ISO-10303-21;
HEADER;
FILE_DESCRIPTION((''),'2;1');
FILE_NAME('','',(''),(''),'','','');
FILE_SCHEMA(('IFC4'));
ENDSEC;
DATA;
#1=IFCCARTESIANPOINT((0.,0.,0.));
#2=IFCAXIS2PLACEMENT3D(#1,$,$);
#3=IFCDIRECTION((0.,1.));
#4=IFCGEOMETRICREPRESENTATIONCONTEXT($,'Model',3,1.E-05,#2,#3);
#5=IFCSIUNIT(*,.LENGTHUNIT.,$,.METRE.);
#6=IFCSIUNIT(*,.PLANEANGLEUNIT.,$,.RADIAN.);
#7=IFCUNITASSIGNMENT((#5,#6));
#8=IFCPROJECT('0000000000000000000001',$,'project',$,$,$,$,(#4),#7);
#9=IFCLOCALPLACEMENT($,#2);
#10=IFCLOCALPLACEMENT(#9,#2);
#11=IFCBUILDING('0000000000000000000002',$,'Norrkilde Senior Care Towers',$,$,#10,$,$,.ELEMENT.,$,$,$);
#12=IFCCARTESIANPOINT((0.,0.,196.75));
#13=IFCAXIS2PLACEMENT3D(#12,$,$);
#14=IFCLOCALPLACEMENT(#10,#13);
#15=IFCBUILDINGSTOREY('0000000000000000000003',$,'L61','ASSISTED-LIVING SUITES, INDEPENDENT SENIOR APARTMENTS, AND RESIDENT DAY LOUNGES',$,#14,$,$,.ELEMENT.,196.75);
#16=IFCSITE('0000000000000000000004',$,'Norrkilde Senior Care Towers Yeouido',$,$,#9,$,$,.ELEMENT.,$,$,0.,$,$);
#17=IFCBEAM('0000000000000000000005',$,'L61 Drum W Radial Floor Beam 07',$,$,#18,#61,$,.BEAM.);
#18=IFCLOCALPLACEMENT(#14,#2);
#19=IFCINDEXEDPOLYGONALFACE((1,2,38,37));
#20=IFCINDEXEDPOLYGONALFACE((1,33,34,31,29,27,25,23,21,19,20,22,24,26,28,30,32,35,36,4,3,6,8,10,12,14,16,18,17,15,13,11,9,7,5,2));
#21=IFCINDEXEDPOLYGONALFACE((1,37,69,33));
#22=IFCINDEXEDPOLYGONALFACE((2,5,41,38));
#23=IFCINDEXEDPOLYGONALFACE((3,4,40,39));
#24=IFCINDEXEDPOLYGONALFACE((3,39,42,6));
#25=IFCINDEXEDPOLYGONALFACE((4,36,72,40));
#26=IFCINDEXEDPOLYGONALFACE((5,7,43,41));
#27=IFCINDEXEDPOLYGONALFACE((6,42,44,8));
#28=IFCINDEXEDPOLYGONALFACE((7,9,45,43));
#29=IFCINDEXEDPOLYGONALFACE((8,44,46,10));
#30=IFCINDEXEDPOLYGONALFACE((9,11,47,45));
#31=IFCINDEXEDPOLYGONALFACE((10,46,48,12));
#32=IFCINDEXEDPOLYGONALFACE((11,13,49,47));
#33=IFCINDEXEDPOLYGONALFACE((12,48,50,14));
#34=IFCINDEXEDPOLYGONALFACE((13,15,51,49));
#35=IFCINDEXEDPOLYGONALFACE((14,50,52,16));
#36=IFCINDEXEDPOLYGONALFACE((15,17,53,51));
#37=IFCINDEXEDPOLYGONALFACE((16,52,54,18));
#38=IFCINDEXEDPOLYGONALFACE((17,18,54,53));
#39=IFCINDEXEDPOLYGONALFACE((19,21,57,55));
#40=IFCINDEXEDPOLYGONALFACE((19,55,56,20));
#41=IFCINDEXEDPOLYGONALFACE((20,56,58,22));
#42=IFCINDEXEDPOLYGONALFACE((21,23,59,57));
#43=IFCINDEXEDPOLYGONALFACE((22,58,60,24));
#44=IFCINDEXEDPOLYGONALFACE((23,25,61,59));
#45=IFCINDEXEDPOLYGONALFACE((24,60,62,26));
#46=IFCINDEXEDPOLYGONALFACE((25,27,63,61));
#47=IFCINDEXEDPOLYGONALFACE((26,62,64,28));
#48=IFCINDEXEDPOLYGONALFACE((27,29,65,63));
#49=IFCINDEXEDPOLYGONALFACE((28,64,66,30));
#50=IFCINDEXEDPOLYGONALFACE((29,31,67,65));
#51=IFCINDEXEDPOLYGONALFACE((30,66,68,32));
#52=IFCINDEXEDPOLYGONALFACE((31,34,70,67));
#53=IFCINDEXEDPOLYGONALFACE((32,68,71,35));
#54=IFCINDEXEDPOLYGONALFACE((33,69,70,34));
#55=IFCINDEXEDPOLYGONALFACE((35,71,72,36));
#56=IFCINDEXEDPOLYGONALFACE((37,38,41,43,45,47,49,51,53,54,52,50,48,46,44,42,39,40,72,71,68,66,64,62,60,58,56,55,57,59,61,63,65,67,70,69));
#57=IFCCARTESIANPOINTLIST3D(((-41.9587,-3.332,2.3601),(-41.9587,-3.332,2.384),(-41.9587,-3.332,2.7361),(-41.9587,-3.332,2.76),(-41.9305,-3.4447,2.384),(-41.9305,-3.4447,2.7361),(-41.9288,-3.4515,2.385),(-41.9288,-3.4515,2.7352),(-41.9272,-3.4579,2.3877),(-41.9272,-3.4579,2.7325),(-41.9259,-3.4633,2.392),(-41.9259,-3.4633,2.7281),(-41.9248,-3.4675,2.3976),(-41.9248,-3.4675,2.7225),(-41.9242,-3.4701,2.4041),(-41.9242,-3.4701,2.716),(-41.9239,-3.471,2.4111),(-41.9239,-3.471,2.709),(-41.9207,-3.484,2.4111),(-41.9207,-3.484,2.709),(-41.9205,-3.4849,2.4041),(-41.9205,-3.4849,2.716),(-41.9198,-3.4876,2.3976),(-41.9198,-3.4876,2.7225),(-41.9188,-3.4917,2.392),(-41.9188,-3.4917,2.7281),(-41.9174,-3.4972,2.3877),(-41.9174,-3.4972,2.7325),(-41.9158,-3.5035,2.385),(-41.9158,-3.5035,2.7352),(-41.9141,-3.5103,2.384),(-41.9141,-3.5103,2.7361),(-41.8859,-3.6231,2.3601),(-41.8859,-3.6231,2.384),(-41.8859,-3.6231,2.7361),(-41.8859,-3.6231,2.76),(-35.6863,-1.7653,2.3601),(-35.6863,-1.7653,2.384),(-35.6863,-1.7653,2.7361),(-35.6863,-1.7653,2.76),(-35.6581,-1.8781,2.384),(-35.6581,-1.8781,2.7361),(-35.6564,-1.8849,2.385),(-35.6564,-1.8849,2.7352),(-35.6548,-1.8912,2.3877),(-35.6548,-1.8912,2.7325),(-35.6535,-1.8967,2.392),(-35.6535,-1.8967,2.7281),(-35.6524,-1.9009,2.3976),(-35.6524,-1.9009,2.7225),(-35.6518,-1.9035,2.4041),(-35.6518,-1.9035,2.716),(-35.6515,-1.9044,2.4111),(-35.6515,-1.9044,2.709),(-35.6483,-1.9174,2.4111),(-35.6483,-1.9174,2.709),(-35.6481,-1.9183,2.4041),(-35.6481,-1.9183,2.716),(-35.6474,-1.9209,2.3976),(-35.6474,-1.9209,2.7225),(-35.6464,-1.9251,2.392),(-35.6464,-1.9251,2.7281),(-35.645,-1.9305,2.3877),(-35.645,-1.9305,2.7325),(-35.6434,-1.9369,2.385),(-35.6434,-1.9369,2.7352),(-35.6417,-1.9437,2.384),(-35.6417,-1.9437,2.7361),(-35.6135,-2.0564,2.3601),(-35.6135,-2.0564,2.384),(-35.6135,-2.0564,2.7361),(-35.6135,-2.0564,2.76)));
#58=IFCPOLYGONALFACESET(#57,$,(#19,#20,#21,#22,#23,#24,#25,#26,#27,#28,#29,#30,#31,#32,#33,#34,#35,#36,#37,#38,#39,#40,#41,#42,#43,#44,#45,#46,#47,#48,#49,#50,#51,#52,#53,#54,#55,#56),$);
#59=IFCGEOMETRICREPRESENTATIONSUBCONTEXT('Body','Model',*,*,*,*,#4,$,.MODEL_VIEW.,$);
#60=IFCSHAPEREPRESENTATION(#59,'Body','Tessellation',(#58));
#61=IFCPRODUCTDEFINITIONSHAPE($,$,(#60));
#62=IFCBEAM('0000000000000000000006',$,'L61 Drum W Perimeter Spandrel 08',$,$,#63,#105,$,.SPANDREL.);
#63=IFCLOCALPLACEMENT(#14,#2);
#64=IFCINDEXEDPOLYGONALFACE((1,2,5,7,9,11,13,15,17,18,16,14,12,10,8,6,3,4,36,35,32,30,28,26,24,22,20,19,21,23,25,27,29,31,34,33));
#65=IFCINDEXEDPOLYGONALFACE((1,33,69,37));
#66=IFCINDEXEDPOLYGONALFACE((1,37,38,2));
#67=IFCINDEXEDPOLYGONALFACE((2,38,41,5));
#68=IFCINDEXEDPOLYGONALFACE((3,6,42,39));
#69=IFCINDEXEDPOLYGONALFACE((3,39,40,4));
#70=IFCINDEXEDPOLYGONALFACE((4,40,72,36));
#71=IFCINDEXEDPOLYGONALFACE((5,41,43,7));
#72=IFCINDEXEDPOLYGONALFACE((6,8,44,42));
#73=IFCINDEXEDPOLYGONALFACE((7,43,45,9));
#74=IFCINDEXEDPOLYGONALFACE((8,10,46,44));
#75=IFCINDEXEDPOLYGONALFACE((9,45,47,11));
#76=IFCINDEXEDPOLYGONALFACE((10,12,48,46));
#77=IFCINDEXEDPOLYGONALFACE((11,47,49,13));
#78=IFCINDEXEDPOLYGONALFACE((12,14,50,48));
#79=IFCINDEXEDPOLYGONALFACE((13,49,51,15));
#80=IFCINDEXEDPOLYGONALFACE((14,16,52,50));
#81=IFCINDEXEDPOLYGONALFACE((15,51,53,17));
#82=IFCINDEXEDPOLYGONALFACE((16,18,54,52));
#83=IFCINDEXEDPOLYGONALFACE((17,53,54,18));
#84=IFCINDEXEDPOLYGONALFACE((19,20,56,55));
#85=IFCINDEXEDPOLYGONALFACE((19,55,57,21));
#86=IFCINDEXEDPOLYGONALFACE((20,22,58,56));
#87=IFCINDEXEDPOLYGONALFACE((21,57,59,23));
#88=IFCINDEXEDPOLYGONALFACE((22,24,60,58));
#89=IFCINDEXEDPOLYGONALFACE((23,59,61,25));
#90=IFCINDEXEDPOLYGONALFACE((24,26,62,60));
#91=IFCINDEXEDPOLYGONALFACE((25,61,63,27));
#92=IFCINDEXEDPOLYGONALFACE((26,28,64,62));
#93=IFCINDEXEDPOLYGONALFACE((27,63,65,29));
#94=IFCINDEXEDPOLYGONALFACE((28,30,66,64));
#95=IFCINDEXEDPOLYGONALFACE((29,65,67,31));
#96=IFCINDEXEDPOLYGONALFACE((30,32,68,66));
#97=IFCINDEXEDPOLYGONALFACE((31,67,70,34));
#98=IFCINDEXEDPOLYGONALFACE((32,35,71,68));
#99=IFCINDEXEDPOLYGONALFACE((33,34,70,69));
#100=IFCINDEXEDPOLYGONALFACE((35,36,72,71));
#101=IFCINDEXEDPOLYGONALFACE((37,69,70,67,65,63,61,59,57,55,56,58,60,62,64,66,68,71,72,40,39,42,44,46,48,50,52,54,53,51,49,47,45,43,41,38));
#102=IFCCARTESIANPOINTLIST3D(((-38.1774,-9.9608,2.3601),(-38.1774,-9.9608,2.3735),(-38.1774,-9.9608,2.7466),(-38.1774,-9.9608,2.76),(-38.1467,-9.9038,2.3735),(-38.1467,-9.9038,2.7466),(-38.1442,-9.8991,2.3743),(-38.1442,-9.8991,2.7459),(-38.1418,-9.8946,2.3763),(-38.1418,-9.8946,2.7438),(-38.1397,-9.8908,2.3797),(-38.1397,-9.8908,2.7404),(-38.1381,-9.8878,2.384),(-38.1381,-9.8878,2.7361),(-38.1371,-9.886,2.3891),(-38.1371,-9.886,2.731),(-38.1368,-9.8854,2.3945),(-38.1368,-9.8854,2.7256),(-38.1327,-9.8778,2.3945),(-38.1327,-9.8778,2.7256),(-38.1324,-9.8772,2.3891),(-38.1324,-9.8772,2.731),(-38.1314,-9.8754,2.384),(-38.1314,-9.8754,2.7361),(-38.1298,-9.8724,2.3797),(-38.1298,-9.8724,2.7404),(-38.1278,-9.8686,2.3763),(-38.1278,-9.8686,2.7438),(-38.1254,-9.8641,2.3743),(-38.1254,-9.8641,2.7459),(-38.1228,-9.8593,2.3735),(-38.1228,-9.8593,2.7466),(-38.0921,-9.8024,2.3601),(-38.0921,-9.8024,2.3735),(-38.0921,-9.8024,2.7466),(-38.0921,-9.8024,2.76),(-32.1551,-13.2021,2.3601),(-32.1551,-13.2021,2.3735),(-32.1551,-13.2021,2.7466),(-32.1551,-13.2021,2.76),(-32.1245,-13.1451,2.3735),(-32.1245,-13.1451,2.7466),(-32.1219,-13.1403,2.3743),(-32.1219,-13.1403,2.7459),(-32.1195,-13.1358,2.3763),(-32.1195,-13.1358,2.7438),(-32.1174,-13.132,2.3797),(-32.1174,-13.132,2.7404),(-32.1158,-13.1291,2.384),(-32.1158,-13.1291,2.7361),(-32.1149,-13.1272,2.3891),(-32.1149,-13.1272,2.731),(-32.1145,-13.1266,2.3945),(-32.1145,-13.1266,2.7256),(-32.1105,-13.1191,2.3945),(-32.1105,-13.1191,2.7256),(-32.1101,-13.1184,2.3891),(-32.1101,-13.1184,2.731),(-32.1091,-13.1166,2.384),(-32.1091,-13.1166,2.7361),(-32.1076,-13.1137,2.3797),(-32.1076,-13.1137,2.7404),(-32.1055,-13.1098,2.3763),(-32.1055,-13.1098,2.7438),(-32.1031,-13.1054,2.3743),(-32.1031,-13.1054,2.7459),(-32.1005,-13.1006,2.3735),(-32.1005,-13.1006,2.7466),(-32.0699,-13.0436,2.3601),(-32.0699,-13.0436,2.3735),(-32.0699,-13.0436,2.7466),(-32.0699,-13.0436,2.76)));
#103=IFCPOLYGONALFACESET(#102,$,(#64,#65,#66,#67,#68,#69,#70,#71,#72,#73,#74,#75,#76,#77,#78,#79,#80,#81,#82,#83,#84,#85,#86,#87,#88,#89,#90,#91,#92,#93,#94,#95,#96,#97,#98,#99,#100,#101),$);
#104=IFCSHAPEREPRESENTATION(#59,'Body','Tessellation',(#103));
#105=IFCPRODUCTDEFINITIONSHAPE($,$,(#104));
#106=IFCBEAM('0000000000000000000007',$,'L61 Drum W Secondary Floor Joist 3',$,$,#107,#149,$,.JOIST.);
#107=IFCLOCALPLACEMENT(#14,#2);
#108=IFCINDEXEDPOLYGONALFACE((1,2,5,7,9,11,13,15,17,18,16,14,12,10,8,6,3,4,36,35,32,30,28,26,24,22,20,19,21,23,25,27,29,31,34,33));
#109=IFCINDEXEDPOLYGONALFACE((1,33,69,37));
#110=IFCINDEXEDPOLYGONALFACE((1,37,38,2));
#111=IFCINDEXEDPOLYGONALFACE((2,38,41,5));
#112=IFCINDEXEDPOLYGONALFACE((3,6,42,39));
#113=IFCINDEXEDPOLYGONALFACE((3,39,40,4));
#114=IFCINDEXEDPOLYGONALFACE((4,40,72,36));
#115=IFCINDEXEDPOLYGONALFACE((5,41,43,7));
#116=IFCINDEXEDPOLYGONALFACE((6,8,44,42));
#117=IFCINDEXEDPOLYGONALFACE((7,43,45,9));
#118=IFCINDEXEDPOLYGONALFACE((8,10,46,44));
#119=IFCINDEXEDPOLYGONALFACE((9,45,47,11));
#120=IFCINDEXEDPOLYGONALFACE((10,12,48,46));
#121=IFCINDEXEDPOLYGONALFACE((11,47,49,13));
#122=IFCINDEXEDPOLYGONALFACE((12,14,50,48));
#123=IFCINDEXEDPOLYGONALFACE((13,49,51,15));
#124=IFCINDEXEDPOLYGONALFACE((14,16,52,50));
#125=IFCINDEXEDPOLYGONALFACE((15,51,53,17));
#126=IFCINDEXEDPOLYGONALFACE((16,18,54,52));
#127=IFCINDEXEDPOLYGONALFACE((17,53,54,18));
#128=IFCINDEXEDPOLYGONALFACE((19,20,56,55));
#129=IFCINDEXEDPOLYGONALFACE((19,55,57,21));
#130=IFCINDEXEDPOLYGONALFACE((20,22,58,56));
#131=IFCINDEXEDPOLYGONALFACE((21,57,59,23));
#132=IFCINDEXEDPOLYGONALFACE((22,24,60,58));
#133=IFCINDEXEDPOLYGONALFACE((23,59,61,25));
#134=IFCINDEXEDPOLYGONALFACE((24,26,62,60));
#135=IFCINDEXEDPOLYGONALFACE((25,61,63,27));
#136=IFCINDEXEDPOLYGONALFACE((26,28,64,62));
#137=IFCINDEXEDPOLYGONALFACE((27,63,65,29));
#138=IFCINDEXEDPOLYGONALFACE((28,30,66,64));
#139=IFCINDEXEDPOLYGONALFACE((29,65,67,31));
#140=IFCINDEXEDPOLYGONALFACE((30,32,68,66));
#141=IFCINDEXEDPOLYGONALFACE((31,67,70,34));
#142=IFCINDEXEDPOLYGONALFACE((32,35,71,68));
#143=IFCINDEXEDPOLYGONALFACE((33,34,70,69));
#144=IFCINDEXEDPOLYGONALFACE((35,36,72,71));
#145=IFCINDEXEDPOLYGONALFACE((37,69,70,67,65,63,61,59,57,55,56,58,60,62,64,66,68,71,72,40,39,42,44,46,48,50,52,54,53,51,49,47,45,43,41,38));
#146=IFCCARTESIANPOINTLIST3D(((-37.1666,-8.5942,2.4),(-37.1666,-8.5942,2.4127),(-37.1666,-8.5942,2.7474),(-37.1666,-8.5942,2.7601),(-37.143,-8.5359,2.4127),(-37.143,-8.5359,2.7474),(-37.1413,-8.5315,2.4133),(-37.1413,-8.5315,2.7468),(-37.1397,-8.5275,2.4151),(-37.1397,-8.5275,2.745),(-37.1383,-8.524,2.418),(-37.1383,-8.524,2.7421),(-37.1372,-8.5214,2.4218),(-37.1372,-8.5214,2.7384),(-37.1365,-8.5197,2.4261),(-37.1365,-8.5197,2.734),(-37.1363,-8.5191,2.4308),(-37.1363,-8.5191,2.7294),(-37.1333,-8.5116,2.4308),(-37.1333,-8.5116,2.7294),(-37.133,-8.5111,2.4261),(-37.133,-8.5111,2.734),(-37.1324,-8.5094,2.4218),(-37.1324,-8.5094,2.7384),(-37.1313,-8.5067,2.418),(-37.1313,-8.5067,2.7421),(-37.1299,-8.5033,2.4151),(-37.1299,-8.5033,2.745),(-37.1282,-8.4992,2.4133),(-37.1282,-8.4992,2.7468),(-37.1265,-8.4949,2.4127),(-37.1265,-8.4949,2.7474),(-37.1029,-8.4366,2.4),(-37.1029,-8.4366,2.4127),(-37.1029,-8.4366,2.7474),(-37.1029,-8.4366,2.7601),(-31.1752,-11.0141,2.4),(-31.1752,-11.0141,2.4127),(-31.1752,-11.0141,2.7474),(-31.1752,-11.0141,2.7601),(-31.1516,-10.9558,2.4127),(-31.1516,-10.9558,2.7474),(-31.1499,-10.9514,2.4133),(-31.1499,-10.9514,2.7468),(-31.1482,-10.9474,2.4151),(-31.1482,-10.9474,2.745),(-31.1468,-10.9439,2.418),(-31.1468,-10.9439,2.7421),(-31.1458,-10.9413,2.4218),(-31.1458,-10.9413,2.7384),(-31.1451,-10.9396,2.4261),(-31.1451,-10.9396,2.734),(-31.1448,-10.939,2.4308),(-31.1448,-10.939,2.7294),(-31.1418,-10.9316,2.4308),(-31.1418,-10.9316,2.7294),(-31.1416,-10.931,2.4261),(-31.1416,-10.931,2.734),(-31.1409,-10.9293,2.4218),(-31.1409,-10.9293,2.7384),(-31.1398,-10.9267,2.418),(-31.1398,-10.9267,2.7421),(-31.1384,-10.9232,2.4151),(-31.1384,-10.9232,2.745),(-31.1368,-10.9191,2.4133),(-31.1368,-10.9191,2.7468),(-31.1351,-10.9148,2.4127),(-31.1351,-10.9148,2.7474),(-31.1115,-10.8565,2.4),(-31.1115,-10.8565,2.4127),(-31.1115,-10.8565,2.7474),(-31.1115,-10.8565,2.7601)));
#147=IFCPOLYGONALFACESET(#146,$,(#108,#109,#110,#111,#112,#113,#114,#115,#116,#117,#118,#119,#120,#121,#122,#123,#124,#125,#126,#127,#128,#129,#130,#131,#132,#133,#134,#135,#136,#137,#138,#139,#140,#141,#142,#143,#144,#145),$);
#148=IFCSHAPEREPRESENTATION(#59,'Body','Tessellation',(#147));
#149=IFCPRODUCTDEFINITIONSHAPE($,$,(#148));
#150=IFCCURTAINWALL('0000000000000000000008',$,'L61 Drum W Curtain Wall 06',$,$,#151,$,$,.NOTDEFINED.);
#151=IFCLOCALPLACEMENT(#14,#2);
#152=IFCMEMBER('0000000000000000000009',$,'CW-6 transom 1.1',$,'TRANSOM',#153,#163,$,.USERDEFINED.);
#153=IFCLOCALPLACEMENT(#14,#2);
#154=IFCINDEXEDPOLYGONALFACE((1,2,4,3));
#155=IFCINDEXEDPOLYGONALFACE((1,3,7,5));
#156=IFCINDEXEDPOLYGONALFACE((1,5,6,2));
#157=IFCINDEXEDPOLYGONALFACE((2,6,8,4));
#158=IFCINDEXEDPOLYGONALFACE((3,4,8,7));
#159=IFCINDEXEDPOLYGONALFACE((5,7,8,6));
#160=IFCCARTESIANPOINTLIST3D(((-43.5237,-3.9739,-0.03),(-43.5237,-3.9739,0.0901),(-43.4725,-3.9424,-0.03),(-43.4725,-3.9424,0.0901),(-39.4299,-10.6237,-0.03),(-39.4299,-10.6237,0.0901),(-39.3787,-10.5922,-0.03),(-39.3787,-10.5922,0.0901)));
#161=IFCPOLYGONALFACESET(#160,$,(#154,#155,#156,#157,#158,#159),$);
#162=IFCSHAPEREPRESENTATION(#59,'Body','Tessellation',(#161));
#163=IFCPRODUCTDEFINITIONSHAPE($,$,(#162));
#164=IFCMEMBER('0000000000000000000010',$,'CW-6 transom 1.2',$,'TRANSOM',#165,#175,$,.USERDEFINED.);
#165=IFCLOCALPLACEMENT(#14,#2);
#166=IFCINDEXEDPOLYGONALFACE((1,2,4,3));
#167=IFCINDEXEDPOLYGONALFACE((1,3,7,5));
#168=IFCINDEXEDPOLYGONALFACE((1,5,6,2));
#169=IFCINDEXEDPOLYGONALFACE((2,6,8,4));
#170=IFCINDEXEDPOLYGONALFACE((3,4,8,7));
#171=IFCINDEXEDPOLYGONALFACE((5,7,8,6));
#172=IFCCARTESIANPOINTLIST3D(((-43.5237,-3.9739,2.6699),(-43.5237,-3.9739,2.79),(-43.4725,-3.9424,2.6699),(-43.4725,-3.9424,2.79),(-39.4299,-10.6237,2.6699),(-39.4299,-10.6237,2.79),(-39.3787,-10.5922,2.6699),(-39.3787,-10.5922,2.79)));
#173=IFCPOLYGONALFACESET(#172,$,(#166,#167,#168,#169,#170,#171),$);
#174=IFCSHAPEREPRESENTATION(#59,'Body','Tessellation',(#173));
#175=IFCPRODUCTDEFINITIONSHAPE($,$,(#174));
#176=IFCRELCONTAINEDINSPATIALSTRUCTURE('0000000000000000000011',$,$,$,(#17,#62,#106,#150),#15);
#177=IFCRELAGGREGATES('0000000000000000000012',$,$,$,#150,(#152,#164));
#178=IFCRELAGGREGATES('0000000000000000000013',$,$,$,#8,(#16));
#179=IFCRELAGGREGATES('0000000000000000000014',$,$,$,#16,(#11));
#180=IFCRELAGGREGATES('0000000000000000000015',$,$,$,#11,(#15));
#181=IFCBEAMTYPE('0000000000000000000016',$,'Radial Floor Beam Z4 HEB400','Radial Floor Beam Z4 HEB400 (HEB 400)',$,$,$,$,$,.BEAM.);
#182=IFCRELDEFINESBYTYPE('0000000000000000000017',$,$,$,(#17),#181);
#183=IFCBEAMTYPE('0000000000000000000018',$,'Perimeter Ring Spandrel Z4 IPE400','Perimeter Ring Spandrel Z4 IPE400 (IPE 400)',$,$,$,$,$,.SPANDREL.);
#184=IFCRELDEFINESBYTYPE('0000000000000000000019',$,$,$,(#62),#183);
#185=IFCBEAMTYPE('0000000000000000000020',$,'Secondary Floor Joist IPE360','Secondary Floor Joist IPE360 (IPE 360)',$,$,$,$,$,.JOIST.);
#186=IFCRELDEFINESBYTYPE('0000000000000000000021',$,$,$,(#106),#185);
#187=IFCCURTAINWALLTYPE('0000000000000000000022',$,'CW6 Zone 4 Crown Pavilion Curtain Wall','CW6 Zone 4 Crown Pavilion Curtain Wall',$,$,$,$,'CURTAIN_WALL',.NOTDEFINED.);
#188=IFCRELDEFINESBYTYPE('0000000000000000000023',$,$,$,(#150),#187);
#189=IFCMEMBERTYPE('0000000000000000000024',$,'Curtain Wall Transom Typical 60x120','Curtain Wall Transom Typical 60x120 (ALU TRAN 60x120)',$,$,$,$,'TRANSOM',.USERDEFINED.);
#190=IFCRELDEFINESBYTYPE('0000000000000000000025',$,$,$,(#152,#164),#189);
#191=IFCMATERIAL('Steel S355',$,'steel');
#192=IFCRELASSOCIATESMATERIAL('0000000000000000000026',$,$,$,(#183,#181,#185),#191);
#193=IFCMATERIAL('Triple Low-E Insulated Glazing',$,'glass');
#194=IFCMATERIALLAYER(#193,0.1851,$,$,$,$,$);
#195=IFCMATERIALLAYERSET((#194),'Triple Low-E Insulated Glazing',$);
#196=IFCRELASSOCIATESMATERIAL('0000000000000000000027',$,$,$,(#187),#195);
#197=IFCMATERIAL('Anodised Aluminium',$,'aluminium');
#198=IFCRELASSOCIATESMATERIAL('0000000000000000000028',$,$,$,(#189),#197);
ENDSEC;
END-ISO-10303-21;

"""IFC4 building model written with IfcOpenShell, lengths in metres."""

from ifc_helpers import new_model, si_unit, direction, frame, origin, origin_2d, place, context, subcontext, project, spatial, rectangle, i_section, extrude, source, transform, mapped, material, layer, layer_set, material_profile, profile_set, type_object, type_shapes, element, aggregate, save


model = new_model("IFC4")

# Units and contexts
model_context = context("Model", 3, precision=1e-05, world=origin(), true_north=direction((0.0, 1.0)))
body_context = subcontext(model_context, "Body", "Model", "MODEL_VIEW")
ifc_project = project(units=[si_unit("LENGTHUNIT", "METRE"), si_unit("PLANEANGLEUNIT", "RADIAN")], contexts=[model_context])

# Site, building, storey
site_placement = place(None, origin())
site = spatial("IfcSite", under=ifc_project, at=site_placement, Name="Norrkilde Senior Care Towers Yeouido", CompositionType="ELEMENT", RefElevation=0.0)
building_placement = place(site_placement, origin())
building = spatial("IfcBuilding", under=site, at=building_placement, Name="Norrkilde Senior Care Towers", CompositionType="ELEMENT")
storey_placement = place(building_placement, frame((0.0, 0.0, 196.75)))
storey = spatial("IfcBuildingStorey", under=building, at=storey_placement, Name="L61", Description="ASSISTED-LIVING SUITES, INDEPENDENT SENIOR APARTMENTS, AND RESIDENT DAY LOUNGES", CompositionType="ELEMENT", Elevation=196.75)

# Beams
ifc_material_1 = material(Name="Steel S355", Category="steel")
ifc_material_profile_1 = material_profile(ifc_material_1, i_section(OverallWidth=0.1799, OverallDepth=0.3999, WebThickness=0.0085, FlangeThickness=0.0134, FilletRadius=0.021, at=origin_2d()), Name="IPE 400")
ifc_profile_set_1 = profile_set([ifc_material_profile_1], Name="Steel S355")
beam_type_1 = type_object("IfcBeamType", Name="Perimeter Ring Spandrel Z4 IPE400", Description="Perimeter Ring Spandrel Z4 IPE400 (IPE 400)", PredefinedType="SPANDREL", material=ifc_profile_set_1)
ifc_material_profile_2 = material_profile(ifc_material_1, i_section(OverallWidth=0.3, OverallDepth=0.3999, WebThickness=0.0134, FlangeThickness=0.0239, FilletRadius=0.0271, at=origin_2d()), Name="HEB 400")
ifc_profile_set_2 = profile_set([ifc_material_profile_2], Name="Steel S355")
beam_type_2 = type_object("IfcBeamType", Name="Radial Floor Beam Z4 HEB400", Description="Radial Floor Beam Z4 HEB400 (HEB 400)", PredefinedType="BEAM", material=ifc_profile_set_2)
shared_shape_1 = source(origin(), body_context, "Body", "SweptSolid", [
    extrude(i_section(OverallWidth=0.3, OverallDepth=0.3999, WebThickness=0.0134, FlangeThickness=0.0239, FilletRadius=0.0271, at=origin_2d()), origin(), (0.0, 0.0, 1.0), 6.4651),
])
type_shapes(beam_type_2, [shared_shape_1])
beam_1_placement = place(storey_placement, frame((-35.6499, -1.9109, 2.5601), z_axis=(-0.970196, -0.242322, 0.0), x_axis=(0.242322, -0.970196, 0.0)))
element("IfcBeam", 1, at=beam_1_placement, inside=storey, type_object=beam_type_2, Name="L61 Drum W Radial Floor Beam 07", PredefinedType="BEAM", context=body_context, shape_type="MappedRepresentation", body=[
    mapped(shared_shape_1, transform((0.0, 0.0, 0.0), x_axis=(1.0, 0.0, 0.0), y_axis=(0.0, 1.0, 0.0), z_axis=(0.0, 0.0, 1.0), scale=1.0)),
])
shared_shape_2 = source(origin(), body_context, "Body", "SweptSolid", [
    extrude(i_section(OverallWidth=0.1799, OverallDepth=0.3999, WebThickness=0.0085, FlangeThickness=0.0134, FilletRadius=0.021, at=origin_2d()), origin(), (0.0, 0.0, 1.0), 6.8391),
])
beam_2_placement = place(storey_placement, frame((-38.1348, -9.8816, 2.5601), z_axis=(0.880564, -0.473927, 0.0), x_axis=(0.473927, 0.880564, 0.0)))
element("IfcBeam", 2, at=beam_2_placement, inside=storey, type_object=beam_type_1, Name="L61 Drum W Perimeter Spandrel 08", PredefinedType="SPANDREL", context=body_context, shape_type="MappedRepresentation", body=[
    mapped(shared_shape_2, transform((0.0, 0.0, 0.0), x_axis=(1.0, 0.0, 0.0), y_axis=(0.0, 1.0, 0.0), z_axis=(0.0, 0.0, 1.0), scale=1.0)),
])
ifc_material_profile_3 = material_profile(ifc_material_1, i_section(OverallWidth=0.1699, OverallDepth=0.3601, WebThickness=0.0081, FlangeThickness=0.0127, FilletRadius=0.0181, at=origin_2d()), Name="IPE 360")
ifc_profile_set_3 = profile_set([ifc_material_profile_3], Name="Steel S355")
beam_type_3 = type_object("IfcBeamType", Name="Secondary Floor Joist IPE360", Description="Secondary Floor Joist IPE360 (IPE 360)", PredefinedType="JOIST", material=ifc_profile_set_3)
shared_shape_3 = source(origin(), body_context, "Body", "SweptSolid", [
    extrude(i_section(OverallWidth=0.1699, OverallDepth=0.3601, WebThickness=0.0081, FlangeThickness=0.0127, FilletRadius=0.0181, at=origin_2d()), origin(), (0.0, 0.0, 1.0), 6.4617),
])
type_shapes(beam_type_3, [shared_shape_3])
beam_3_placement = place(storey_placement, frame((-37.1348, -8.5154, 2.5801), z_axis=(0.927226, -0.374502, 0.0), x_axis=(0.374502, 0.927226, 0.0)))
element("IfcBeam", 3, at=beam_3_placement, inside=storey, type_object=beam_type_3, Name="L61 Drum W Secondary Floor Joist 3", PredefinedType="JOIST", context=body_context, shape_type="MappedRepresentation", body=[
    mapped(shared_shape_3, transform((0.0, 0.0, 0.0), x_axis=(1.0, 0.0, 0.0), y_axis=(0.0, 1.0, 0.0), z_axis=(0.0, 0.0, 1.0), scale=1.0)),
])

# Curtain wall, members
ifc_material_2 = material(Name="Triple Low-E Insulated Glazing", Category="glass")
ifc_layer_1 = layer(ifc_material_2, 0.1851)
ifc_layer_set_1 = layer_set([ifc_layer_1], Name="Triple Low-E Insulated Glazing")
curtain_wall_type = type_object("IfcCurtainWallType", Name="CW6 Zone 4 Crown Pavilion Curtain Wall", Description="CW6 Zone 4 Crown Pavilion Curtain Wall", ElementType="CURTAIN_WALL", PredefinedType="NOTDEFINED", material=ifc_layer_set_1)
curtain_wall_1_placement = place(storey_placement, origin())
curtain_wall_1 = element("IfcCurtainWall", 4, at=curtain_wall_1_placement, inside=storey, type_object=curtain_wall_type, Name="L61 Drum W Curtain Wall 06", PredefinedType="NOTDEFINED")
ifc_material_3 = material(Name="Anodised Aluminium", Category="aluminium")
ifc_material_profile_4 = material_profile(ifc_material_3, rectangle(XDim=0.0601, YDim=0.1201, at=origin_2d()), Name="ALU TRAN 60x120")
ifc_profile_set_4 = profile_set([ifc_material_profile_4], Name="Anodised Aluminium")
member_type_1 = type_object("IfcMemberType", Name="Curtain Wall Transom Typical 60x120", Description="Curtain Wall Transom Typical 60x120 (ALU TRAN 60x120)", ElementType="TRANSOM", PredefinedType="USERDEFINED", material=ifc_profile_set_4)
shared_shape_4 = source(origin(), body_context, "Body", "SweptSolid", [
    extrude(rectangle(XDim=0.0601, YDim=0.1201, at=origin_2d()), origin(), (0.0, 0.0, 1.0), 7.8088),
])
member_1_placement = place(storey_placement, frame((-39.4043, -10.6079, 0.03), z_axis=(-0.524251, 0.851564, 0.0), x_axis=(-0.851564, -0.524251, 0.0)))
member_1 = element("IfcMember", 5, at=member_1_placement, type_object=member_type_1, Name="CW-6 transom 1.1", ObjectType="TRANSOM", PredefinedType="USERDEFINED", context=body_context, shape_type="MappedRepresentation", body=[
    mapped(shared_shape_4, transform((0.0, 0.0, 0.0), x_axis=(1.0, 0.0, 0.0), y_axis=(0.0, 1.0, 0.0), z_axis=(0.0, 0.0, 1.0), scale=1.0)),
])
member_2_placement = place(storey_placement, frame((-39.4043, -10.6079, 2.73), z_axis=(-0.524251, 0.851564, 0.0), x_axis=(-0.851564, -0.524251, 0.0)))
member_2 = element("IfcMember", 6, at=member_2_placement, type_object=member_type_1, Name="CW-6 transom 1.2", ObjectType="TRANSOM", PredefinedType="USERDEFINED", context=body_context, shape_type="MappedRepresentation", body=[
    mapped(shared_shape_4, transform((0.0, 0.0, 0.0), x_axis=(1.0, 0.0, 0.0), y_axis=(0.0, 1.0, 0.0), z_axis=(0.0, 0.0, 1.0), scale=1.0)),
])

aggregate(curtain_wall_1, [member_1, member_2])

save(model, "model.ifc")
